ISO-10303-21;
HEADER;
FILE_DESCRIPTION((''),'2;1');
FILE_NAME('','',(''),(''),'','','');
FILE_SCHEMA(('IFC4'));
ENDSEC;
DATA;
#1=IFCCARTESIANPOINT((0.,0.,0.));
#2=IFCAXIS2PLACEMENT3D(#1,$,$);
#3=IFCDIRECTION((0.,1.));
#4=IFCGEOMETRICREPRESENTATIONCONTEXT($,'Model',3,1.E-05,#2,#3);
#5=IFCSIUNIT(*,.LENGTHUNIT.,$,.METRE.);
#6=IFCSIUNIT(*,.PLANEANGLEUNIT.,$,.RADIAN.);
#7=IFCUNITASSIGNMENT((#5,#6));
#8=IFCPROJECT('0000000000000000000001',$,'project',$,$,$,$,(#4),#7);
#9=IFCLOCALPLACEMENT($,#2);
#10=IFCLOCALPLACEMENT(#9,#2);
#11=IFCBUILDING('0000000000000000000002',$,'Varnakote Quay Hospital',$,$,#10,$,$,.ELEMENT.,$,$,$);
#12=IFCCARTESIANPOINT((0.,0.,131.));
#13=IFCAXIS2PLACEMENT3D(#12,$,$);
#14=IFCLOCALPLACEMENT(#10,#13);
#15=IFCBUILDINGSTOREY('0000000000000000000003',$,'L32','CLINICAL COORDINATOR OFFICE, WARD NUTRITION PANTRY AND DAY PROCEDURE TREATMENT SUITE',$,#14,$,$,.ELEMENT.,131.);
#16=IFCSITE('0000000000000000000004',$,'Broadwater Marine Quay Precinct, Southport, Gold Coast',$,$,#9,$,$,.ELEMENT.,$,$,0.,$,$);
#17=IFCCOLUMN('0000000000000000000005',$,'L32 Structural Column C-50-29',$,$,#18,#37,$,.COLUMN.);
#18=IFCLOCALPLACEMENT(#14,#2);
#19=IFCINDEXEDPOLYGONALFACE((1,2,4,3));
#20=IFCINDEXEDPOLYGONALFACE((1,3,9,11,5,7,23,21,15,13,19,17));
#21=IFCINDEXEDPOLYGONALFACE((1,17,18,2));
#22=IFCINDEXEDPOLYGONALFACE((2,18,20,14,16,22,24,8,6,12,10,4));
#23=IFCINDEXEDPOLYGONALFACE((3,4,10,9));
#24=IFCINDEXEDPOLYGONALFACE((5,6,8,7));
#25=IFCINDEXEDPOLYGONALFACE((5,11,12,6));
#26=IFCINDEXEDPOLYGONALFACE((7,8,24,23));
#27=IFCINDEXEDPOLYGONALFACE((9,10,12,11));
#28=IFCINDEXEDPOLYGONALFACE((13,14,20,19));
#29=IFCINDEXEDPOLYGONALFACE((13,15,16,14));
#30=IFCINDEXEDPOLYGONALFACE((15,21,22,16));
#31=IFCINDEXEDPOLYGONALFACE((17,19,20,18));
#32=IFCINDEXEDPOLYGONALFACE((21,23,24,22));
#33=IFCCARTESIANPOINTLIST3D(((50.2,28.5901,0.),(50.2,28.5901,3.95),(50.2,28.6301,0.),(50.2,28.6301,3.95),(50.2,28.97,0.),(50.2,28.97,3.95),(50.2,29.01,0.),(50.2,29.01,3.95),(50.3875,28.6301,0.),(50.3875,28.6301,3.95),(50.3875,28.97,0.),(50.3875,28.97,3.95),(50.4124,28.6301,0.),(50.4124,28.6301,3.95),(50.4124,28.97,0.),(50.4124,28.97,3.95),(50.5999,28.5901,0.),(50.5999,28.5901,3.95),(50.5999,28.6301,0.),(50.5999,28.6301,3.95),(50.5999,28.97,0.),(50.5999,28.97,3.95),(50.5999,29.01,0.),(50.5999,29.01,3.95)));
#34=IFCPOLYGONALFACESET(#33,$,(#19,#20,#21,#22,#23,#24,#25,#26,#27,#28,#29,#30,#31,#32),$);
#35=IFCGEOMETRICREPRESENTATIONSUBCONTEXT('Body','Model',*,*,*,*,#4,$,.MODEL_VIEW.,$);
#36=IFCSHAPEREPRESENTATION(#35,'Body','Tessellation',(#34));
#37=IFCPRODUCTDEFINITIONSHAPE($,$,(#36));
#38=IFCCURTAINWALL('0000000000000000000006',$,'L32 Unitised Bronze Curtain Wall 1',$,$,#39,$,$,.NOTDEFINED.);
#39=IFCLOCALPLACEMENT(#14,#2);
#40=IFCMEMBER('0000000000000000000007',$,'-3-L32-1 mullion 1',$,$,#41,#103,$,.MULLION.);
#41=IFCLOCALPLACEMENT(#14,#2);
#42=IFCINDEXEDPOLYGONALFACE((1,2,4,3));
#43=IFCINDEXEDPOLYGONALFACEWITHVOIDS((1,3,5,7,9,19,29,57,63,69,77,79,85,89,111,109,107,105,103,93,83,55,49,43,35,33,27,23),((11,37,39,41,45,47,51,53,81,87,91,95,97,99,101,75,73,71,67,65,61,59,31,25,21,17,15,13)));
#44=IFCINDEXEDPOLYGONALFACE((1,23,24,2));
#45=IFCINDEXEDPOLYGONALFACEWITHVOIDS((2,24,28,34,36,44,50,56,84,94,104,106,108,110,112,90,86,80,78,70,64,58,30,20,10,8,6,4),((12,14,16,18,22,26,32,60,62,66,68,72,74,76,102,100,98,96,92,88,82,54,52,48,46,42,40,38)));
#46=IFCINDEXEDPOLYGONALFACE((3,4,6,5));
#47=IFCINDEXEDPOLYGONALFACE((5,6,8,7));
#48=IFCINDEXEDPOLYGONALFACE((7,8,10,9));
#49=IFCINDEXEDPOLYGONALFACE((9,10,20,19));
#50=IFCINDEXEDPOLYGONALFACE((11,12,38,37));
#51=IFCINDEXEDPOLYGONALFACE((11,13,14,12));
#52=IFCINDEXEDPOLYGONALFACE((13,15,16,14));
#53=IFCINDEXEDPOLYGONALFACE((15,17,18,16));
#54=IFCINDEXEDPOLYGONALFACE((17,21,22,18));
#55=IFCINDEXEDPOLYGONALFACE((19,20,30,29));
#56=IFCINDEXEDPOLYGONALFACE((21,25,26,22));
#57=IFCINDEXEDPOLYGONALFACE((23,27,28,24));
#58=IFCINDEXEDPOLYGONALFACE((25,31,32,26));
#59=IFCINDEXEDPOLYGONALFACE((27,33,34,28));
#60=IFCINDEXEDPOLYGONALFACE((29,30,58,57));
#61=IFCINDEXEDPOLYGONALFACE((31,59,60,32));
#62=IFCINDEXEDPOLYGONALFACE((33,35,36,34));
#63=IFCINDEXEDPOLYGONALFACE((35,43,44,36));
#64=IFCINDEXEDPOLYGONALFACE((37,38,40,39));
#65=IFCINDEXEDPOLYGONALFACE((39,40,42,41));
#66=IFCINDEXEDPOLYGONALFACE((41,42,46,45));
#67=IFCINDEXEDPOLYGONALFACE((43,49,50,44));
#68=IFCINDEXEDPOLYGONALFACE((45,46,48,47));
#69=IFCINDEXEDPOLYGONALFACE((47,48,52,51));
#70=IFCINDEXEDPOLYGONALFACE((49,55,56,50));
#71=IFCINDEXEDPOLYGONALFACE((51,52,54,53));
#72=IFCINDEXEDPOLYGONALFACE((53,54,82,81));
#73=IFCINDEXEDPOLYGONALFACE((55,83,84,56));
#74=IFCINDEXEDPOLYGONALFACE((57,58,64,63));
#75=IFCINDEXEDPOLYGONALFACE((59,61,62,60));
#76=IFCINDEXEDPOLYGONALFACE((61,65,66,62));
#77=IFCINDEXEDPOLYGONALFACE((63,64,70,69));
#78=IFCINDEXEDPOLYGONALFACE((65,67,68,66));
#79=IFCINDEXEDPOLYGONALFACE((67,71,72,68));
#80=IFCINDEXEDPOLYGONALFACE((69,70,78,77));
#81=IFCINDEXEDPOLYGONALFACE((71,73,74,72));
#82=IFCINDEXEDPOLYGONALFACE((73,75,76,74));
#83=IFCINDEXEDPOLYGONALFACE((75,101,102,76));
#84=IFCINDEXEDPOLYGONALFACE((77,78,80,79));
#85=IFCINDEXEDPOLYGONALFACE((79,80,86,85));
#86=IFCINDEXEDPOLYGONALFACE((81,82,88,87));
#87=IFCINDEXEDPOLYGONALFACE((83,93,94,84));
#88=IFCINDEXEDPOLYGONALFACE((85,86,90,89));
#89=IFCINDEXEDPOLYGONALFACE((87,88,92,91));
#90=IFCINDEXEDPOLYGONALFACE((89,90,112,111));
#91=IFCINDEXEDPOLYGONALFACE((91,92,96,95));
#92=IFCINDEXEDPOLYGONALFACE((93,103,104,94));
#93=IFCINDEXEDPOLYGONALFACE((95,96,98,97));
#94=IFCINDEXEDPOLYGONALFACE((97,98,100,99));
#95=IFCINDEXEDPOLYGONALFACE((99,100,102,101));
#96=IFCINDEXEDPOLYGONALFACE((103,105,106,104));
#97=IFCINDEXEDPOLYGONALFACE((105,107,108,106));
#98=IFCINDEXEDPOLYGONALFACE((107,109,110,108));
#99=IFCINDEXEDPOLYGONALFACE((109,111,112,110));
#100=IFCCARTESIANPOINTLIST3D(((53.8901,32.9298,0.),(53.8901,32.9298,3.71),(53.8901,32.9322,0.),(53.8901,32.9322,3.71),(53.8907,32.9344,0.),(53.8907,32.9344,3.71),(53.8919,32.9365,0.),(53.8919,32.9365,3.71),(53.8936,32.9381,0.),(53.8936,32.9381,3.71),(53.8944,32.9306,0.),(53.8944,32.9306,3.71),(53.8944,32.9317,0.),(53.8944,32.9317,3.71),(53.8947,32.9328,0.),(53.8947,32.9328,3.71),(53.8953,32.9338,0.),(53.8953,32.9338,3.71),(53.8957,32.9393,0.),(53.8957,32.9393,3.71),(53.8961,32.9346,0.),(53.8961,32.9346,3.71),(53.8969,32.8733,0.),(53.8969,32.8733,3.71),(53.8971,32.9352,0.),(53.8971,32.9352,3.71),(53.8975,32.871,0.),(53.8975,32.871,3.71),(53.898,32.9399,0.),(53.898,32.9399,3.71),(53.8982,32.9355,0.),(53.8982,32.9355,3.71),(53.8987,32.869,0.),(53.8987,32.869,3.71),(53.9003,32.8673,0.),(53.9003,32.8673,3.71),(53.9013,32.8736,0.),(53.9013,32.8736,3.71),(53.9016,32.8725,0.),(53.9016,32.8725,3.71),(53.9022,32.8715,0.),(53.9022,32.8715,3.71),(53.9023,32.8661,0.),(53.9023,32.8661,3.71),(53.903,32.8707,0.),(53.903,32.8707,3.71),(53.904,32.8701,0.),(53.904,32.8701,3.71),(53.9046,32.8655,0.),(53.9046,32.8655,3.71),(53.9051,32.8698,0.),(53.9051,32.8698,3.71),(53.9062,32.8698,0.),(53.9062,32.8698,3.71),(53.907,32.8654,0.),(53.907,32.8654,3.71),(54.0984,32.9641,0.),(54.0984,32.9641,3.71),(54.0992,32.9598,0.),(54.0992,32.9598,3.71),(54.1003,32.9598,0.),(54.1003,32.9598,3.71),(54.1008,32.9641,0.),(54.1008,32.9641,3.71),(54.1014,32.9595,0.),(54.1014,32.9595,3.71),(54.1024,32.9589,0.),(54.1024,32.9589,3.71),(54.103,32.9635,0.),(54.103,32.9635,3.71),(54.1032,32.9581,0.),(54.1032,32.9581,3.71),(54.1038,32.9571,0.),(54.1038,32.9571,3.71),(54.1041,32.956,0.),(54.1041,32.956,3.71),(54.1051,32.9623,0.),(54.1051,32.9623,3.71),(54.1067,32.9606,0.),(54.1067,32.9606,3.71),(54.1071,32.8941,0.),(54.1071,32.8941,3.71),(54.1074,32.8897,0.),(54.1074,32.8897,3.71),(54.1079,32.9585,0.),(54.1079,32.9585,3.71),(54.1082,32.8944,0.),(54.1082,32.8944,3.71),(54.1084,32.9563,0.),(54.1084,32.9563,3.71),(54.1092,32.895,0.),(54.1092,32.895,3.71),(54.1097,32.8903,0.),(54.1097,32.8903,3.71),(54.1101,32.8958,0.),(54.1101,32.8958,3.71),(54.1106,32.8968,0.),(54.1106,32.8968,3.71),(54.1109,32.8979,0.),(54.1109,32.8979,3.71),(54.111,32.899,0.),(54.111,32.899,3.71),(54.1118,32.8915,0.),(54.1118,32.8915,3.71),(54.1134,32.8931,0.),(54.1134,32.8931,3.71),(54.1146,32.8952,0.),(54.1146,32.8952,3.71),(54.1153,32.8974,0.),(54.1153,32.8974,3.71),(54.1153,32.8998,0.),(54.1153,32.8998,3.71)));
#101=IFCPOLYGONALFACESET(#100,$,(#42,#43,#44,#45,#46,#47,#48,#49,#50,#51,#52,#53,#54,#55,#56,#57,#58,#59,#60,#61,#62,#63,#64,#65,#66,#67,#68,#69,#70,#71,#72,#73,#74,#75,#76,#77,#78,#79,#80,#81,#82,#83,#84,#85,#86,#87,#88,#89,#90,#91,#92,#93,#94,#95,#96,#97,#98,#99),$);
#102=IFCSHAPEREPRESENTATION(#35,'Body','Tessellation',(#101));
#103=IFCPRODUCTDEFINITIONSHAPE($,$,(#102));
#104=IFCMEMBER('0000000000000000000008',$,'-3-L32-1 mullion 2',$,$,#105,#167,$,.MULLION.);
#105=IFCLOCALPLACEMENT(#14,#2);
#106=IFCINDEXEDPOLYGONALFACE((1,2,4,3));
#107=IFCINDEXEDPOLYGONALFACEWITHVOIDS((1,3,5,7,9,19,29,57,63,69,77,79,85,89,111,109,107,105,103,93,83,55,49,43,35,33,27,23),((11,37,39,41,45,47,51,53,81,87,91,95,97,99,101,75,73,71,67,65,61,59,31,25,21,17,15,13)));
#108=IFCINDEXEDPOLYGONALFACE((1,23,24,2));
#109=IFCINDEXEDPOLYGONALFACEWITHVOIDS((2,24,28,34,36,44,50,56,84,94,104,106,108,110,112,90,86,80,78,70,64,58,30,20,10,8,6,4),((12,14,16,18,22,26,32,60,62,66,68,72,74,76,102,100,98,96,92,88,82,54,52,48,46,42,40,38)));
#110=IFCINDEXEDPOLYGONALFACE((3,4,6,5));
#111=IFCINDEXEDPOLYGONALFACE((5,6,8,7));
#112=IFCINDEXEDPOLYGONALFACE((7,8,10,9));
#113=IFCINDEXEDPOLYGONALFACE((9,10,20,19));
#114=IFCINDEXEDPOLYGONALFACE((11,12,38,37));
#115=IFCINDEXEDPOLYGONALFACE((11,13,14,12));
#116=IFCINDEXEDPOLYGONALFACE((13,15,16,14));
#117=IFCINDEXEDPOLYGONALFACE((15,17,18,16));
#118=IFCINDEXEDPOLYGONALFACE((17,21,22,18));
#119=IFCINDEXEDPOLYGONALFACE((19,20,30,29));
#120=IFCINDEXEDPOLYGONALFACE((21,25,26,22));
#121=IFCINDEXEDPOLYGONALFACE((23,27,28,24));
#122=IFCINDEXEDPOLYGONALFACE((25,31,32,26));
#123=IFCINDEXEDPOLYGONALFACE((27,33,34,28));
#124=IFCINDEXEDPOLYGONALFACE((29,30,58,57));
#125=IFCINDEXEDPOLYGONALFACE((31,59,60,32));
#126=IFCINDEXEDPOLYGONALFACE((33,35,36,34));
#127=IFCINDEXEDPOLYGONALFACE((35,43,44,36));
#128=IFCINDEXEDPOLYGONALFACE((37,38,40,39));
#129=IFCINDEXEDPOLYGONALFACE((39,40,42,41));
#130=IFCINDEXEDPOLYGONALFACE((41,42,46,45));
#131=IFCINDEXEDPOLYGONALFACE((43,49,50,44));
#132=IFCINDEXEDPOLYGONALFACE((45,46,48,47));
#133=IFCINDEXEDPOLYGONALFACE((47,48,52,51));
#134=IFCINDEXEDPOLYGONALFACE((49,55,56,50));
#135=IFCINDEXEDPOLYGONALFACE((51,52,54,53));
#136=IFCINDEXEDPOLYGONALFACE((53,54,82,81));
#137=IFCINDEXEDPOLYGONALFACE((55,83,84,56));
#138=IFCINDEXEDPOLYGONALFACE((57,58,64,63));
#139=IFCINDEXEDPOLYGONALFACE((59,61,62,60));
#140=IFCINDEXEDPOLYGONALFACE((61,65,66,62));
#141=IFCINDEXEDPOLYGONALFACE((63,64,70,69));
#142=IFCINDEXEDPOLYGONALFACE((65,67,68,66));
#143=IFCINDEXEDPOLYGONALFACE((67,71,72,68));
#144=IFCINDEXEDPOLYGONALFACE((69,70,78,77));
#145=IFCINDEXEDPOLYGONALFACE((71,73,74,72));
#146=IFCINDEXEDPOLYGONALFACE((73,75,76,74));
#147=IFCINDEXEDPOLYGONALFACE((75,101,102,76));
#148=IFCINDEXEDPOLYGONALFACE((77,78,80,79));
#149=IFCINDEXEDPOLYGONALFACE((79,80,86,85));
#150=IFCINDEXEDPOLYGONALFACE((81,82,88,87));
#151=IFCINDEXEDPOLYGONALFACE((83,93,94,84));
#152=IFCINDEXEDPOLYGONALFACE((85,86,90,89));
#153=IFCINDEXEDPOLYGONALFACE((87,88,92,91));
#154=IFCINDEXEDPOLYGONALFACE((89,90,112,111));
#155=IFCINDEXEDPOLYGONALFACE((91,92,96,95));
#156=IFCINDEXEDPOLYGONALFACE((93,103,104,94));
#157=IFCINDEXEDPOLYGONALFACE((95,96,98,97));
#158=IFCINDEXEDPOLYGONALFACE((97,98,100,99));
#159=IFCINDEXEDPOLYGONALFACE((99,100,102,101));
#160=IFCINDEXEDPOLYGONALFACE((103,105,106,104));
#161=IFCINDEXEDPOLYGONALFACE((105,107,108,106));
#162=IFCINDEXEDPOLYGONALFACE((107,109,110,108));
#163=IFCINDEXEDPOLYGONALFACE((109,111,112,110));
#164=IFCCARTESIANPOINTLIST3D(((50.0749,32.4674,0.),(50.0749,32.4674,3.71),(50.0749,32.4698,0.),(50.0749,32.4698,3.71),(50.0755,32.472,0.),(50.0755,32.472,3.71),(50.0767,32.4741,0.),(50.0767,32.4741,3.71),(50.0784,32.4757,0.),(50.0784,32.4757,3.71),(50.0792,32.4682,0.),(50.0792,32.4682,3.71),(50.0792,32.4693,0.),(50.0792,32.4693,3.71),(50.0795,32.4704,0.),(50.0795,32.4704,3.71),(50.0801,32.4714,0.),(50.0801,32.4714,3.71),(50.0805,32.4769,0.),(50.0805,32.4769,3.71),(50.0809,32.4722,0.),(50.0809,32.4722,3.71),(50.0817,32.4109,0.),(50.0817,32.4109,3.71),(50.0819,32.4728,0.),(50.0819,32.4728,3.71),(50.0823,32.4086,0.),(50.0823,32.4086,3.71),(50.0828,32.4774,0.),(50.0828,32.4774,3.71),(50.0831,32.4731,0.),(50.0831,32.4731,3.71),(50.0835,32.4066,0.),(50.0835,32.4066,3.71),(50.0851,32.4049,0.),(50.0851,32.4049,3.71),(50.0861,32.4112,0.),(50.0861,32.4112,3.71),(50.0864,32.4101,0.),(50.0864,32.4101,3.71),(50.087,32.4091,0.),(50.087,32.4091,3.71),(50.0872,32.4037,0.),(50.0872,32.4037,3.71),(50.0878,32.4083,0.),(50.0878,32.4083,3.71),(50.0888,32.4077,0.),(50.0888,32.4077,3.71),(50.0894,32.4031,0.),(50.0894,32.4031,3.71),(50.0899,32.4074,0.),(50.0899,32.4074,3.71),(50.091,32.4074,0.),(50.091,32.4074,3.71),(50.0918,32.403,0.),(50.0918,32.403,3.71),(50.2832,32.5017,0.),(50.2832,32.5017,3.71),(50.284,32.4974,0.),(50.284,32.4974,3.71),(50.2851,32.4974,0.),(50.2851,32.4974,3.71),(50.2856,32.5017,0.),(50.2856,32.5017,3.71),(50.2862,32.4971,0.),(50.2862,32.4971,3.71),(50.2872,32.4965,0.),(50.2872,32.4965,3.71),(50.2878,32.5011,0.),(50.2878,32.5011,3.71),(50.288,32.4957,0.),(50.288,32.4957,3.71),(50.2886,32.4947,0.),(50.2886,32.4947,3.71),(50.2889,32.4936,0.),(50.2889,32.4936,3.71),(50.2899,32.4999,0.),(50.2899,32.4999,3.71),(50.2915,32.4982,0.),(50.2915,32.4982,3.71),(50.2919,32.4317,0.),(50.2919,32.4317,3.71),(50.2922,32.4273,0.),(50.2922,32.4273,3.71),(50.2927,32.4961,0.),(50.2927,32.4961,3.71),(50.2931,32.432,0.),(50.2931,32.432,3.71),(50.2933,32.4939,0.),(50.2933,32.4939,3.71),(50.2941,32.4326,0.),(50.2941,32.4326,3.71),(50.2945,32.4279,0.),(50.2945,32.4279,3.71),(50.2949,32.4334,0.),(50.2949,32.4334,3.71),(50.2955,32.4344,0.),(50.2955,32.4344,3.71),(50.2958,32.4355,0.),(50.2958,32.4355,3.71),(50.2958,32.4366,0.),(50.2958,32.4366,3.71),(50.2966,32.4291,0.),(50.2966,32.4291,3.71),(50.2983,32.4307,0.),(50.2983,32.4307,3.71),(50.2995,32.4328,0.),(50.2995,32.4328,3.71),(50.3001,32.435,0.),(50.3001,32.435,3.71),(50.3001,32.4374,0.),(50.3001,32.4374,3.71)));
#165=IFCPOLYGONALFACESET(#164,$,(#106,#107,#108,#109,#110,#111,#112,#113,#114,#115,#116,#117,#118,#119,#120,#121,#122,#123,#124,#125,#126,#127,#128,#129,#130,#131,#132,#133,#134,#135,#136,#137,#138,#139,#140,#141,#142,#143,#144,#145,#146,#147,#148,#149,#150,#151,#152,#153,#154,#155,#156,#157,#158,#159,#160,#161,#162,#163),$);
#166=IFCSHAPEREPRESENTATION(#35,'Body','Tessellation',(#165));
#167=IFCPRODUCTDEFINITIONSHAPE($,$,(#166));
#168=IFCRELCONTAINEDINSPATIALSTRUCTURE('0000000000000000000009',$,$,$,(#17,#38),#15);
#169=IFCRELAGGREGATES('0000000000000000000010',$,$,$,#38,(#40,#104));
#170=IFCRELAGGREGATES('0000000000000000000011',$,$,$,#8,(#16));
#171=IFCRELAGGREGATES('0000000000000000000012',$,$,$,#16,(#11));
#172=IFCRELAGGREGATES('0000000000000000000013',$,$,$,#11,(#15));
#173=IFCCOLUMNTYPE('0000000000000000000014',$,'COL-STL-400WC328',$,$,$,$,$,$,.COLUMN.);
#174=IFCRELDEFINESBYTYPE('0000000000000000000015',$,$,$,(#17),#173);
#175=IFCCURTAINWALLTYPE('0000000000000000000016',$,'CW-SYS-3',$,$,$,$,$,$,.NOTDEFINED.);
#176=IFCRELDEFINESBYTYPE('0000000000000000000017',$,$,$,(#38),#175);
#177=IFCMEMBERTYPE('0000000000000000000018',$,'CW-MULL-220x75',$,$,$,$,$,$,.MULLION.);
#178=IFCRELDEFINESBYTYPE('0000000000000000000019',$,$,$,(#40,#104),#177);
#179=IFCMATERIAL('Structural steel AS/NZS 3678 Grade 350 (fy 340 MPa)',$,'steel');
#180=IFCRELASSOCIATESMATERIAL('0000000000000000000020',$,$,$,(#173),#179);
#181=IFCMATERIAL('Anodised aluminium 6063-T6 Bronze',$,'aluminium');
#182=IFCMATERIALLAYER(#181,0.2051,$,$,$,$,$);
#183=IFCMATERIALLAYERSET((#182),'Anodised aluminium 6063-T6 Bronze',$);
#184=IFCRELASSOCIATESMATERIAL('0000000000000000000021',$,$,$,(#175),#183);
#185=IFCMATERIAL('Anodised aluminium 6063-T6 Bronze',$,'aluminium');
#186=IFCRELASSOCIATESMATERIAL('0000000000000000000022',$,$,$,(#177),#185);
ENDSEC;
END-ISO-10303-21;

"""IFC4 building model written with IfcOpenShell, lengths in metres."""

from ifc_helpers import new_model, si_unit, direction, frame, origin, origin_2d, place, context, subcontext, project, spatial, hollow_rectangle, i_section, extrude, material, layer, layer_set, material_profile, profile_set, type_object, element, aggregate, save


model = new_model("IFC4")

# Units and contexts
model_context = context("Model", 3, precision=1e-05, world=origin(), true_north=direction((0.0, 1.0)))
body_context = subcontext(model_context, "Body", "Model", "MODEL_VIEW")
ifc_project = project(units=[si_unit("LENGTHUNIT", "METRE"), si_unit("PLANEANGLEUNIT", "RADIAN")], contexts=[model_context])

# Site, building, storey
site_placement = place(None, origin())
site = spatial("IfcSite", under=ifc_project, at=site_placement, Name="Broadwater Marine Quay Precinct, Southport, Gold Coast", CompositionType="ELEMENT", RefElevation=0.0)
building_placement = place(site_placement, origin())
building = spatial("IfcBuilding", under=site, at=building_placement, Name="Varnakote Quay Hospital", CompositionType="ELEMENT")
storey_placement = place(building_placement, frame((0.0, 0.0, 131.0)))
storey = spatial("IfcBuildingStorey", under=building, at=storey_placement, Name="L32", Description="CLINICAL COORDINATOR OFFICE, WARD NUTRITION PANTRY AND DAY PROCEDURE TREATMENT SUITE", CompositionType="ELEMENT", Elevation=131.0)

# Column
ifc_material_1 = material(Name="Structural steel AS/NZS 3678 Grade 350 (fy 340 MPa)", Category="steel")
ifc_material_profile_1 = material_profile(ifc_material_1, i_section(OverallWidth=0.3999, OverallDepth=0.4199, WebThickness=0.0249, FlangeThickness=0.04, at=origin_2d()), Name="400WC328")
ifc_profile_set_1 = profile_set([ifc_material_profile_1], Name="Structural steel AS/NZS 3678 Grade 350 (fy 340 MPa)")
column_type = type_object("IfcColumnType", Name="COL-STL-400WC328", PredefinedType="COLUMN", material=ifc_profile_set_1)
column_placement = place(storey_placement, frame((50.3999, 28.8, 0.0), z_axis=(0.0, 0.0, 1.0), x_axis=(1.0, 0.0, 0.0)))
element("IfcColumn", 1, at=column_placement, inside=storey, type_object=column_type, Name="L32 Structural Column C-50-29", PredefinedType="COLUMN", context=body_context, shape_type="SweptSolid", body=[
    extrude(i_section(OverallWidth=0.3999, OverallDepth=0.4199, WebThickness=0.0249, FlangeThickness=0.04, at=origin_2d()), origin(), (0.0, 0.0, 1.0), 3.95),
])

# Curtain wall, members
ifc_material_2 = material(Name="Anodised aluminium 6063-T6 Bronze", Category="aluminium")
ifc_layer_1 = layer(ifc_material_2, 0.2051)
ifc_layer_set_1 = layer_set([ifc_layer_1], Name="Anodised aluminium 6063-T6 Bronze")
curtain_wall_type = type_object("IfcCurtainWallType", Name="CW-SYS-3", PredefinedType="NOTDEFINED", material=ifc_layer_set_1)
curtain_wall_placement = place(storey_placement, origin())
curtain_wall = element("IfcCurtainWall", 2, at=curtain_wall_placement, inside=storey, type_object=curtain_wall_type, Name="L32 Unitised Bronze Curtain Wall 1", PredefinedType="NOTDEFINED")
ifc_material_3 = material(Name="Anodised aluminium 6063-T6 Bronze", Category="aluminium")
ifc_material_profile_2 = material_profile(ifc_material_3, hollow_rectangle(XDim=0.075, YDim=0.22, WallThickness=0.0044, InnerFilletRadius=0.0044, OuterFilletRadius=0.009, at=origin_2d()), Name="CW-MULL-220x75")
ifc_profile_set_2 = profile_set([ifc_material_profile_2], Name="Anodised aluminium 6063-T6 Bronze")
member_type_1 = type_object("IfcMemberType", Name="CW-MULL-220x75", PredefinedType="MULLION", material=ifc_profile_set_2)
member_1_placement = place(storey_placement, frame((54.0027, 32.9148, 0.0), z_axis=(0.0, 0.0, 1.0), x_axis=(0.120327, -0.992734, 0.0)))
member_1 = element("IfcMember", 3, at=member_1_placement, type_object=member_type_1, Name="-3-L32-1 mullion 1", PredefinedType="MULLION", context=body_context, shape_type="SweptSolid", body=[
    extrude(hollow_rectangle(XDim=0.075, YDim=0.22, WallThickness=0.0044, InnerFilletRadius=0.0044, OuterFilletRadius=0.009, at=origin_2d()), origin(), (0.0, 0.0, 1.0), 3.71),
])
member_2_placement = place(storey_placement, frame((50.1875, 32.4524, 0.0), z_axis=(0.0, 0.0, 1.0), x_axis=(0.120327, -0.992734, 0.0)))
member_2 = element("IfcMember", 4, at=member_2_placement, type_object=member_type_1, Name="-3-L32-1 mullion 2", PredefinedType="MULLION", context=body_context, shape_type="SweptSolid", body=[
    extrude(hollow_rectangle(XDim=0.075, YDim=0.22, WallThickness=0.0044, InnerFilletRadius=0.0044, OuterFilletRadius=0.009, at=origin_2d()), origin(), (0.0, 0.0, 1.0), 3.71),
])
aggregate(curtain_wall, [member_1, member_2])

save(model, "model.ifc")
